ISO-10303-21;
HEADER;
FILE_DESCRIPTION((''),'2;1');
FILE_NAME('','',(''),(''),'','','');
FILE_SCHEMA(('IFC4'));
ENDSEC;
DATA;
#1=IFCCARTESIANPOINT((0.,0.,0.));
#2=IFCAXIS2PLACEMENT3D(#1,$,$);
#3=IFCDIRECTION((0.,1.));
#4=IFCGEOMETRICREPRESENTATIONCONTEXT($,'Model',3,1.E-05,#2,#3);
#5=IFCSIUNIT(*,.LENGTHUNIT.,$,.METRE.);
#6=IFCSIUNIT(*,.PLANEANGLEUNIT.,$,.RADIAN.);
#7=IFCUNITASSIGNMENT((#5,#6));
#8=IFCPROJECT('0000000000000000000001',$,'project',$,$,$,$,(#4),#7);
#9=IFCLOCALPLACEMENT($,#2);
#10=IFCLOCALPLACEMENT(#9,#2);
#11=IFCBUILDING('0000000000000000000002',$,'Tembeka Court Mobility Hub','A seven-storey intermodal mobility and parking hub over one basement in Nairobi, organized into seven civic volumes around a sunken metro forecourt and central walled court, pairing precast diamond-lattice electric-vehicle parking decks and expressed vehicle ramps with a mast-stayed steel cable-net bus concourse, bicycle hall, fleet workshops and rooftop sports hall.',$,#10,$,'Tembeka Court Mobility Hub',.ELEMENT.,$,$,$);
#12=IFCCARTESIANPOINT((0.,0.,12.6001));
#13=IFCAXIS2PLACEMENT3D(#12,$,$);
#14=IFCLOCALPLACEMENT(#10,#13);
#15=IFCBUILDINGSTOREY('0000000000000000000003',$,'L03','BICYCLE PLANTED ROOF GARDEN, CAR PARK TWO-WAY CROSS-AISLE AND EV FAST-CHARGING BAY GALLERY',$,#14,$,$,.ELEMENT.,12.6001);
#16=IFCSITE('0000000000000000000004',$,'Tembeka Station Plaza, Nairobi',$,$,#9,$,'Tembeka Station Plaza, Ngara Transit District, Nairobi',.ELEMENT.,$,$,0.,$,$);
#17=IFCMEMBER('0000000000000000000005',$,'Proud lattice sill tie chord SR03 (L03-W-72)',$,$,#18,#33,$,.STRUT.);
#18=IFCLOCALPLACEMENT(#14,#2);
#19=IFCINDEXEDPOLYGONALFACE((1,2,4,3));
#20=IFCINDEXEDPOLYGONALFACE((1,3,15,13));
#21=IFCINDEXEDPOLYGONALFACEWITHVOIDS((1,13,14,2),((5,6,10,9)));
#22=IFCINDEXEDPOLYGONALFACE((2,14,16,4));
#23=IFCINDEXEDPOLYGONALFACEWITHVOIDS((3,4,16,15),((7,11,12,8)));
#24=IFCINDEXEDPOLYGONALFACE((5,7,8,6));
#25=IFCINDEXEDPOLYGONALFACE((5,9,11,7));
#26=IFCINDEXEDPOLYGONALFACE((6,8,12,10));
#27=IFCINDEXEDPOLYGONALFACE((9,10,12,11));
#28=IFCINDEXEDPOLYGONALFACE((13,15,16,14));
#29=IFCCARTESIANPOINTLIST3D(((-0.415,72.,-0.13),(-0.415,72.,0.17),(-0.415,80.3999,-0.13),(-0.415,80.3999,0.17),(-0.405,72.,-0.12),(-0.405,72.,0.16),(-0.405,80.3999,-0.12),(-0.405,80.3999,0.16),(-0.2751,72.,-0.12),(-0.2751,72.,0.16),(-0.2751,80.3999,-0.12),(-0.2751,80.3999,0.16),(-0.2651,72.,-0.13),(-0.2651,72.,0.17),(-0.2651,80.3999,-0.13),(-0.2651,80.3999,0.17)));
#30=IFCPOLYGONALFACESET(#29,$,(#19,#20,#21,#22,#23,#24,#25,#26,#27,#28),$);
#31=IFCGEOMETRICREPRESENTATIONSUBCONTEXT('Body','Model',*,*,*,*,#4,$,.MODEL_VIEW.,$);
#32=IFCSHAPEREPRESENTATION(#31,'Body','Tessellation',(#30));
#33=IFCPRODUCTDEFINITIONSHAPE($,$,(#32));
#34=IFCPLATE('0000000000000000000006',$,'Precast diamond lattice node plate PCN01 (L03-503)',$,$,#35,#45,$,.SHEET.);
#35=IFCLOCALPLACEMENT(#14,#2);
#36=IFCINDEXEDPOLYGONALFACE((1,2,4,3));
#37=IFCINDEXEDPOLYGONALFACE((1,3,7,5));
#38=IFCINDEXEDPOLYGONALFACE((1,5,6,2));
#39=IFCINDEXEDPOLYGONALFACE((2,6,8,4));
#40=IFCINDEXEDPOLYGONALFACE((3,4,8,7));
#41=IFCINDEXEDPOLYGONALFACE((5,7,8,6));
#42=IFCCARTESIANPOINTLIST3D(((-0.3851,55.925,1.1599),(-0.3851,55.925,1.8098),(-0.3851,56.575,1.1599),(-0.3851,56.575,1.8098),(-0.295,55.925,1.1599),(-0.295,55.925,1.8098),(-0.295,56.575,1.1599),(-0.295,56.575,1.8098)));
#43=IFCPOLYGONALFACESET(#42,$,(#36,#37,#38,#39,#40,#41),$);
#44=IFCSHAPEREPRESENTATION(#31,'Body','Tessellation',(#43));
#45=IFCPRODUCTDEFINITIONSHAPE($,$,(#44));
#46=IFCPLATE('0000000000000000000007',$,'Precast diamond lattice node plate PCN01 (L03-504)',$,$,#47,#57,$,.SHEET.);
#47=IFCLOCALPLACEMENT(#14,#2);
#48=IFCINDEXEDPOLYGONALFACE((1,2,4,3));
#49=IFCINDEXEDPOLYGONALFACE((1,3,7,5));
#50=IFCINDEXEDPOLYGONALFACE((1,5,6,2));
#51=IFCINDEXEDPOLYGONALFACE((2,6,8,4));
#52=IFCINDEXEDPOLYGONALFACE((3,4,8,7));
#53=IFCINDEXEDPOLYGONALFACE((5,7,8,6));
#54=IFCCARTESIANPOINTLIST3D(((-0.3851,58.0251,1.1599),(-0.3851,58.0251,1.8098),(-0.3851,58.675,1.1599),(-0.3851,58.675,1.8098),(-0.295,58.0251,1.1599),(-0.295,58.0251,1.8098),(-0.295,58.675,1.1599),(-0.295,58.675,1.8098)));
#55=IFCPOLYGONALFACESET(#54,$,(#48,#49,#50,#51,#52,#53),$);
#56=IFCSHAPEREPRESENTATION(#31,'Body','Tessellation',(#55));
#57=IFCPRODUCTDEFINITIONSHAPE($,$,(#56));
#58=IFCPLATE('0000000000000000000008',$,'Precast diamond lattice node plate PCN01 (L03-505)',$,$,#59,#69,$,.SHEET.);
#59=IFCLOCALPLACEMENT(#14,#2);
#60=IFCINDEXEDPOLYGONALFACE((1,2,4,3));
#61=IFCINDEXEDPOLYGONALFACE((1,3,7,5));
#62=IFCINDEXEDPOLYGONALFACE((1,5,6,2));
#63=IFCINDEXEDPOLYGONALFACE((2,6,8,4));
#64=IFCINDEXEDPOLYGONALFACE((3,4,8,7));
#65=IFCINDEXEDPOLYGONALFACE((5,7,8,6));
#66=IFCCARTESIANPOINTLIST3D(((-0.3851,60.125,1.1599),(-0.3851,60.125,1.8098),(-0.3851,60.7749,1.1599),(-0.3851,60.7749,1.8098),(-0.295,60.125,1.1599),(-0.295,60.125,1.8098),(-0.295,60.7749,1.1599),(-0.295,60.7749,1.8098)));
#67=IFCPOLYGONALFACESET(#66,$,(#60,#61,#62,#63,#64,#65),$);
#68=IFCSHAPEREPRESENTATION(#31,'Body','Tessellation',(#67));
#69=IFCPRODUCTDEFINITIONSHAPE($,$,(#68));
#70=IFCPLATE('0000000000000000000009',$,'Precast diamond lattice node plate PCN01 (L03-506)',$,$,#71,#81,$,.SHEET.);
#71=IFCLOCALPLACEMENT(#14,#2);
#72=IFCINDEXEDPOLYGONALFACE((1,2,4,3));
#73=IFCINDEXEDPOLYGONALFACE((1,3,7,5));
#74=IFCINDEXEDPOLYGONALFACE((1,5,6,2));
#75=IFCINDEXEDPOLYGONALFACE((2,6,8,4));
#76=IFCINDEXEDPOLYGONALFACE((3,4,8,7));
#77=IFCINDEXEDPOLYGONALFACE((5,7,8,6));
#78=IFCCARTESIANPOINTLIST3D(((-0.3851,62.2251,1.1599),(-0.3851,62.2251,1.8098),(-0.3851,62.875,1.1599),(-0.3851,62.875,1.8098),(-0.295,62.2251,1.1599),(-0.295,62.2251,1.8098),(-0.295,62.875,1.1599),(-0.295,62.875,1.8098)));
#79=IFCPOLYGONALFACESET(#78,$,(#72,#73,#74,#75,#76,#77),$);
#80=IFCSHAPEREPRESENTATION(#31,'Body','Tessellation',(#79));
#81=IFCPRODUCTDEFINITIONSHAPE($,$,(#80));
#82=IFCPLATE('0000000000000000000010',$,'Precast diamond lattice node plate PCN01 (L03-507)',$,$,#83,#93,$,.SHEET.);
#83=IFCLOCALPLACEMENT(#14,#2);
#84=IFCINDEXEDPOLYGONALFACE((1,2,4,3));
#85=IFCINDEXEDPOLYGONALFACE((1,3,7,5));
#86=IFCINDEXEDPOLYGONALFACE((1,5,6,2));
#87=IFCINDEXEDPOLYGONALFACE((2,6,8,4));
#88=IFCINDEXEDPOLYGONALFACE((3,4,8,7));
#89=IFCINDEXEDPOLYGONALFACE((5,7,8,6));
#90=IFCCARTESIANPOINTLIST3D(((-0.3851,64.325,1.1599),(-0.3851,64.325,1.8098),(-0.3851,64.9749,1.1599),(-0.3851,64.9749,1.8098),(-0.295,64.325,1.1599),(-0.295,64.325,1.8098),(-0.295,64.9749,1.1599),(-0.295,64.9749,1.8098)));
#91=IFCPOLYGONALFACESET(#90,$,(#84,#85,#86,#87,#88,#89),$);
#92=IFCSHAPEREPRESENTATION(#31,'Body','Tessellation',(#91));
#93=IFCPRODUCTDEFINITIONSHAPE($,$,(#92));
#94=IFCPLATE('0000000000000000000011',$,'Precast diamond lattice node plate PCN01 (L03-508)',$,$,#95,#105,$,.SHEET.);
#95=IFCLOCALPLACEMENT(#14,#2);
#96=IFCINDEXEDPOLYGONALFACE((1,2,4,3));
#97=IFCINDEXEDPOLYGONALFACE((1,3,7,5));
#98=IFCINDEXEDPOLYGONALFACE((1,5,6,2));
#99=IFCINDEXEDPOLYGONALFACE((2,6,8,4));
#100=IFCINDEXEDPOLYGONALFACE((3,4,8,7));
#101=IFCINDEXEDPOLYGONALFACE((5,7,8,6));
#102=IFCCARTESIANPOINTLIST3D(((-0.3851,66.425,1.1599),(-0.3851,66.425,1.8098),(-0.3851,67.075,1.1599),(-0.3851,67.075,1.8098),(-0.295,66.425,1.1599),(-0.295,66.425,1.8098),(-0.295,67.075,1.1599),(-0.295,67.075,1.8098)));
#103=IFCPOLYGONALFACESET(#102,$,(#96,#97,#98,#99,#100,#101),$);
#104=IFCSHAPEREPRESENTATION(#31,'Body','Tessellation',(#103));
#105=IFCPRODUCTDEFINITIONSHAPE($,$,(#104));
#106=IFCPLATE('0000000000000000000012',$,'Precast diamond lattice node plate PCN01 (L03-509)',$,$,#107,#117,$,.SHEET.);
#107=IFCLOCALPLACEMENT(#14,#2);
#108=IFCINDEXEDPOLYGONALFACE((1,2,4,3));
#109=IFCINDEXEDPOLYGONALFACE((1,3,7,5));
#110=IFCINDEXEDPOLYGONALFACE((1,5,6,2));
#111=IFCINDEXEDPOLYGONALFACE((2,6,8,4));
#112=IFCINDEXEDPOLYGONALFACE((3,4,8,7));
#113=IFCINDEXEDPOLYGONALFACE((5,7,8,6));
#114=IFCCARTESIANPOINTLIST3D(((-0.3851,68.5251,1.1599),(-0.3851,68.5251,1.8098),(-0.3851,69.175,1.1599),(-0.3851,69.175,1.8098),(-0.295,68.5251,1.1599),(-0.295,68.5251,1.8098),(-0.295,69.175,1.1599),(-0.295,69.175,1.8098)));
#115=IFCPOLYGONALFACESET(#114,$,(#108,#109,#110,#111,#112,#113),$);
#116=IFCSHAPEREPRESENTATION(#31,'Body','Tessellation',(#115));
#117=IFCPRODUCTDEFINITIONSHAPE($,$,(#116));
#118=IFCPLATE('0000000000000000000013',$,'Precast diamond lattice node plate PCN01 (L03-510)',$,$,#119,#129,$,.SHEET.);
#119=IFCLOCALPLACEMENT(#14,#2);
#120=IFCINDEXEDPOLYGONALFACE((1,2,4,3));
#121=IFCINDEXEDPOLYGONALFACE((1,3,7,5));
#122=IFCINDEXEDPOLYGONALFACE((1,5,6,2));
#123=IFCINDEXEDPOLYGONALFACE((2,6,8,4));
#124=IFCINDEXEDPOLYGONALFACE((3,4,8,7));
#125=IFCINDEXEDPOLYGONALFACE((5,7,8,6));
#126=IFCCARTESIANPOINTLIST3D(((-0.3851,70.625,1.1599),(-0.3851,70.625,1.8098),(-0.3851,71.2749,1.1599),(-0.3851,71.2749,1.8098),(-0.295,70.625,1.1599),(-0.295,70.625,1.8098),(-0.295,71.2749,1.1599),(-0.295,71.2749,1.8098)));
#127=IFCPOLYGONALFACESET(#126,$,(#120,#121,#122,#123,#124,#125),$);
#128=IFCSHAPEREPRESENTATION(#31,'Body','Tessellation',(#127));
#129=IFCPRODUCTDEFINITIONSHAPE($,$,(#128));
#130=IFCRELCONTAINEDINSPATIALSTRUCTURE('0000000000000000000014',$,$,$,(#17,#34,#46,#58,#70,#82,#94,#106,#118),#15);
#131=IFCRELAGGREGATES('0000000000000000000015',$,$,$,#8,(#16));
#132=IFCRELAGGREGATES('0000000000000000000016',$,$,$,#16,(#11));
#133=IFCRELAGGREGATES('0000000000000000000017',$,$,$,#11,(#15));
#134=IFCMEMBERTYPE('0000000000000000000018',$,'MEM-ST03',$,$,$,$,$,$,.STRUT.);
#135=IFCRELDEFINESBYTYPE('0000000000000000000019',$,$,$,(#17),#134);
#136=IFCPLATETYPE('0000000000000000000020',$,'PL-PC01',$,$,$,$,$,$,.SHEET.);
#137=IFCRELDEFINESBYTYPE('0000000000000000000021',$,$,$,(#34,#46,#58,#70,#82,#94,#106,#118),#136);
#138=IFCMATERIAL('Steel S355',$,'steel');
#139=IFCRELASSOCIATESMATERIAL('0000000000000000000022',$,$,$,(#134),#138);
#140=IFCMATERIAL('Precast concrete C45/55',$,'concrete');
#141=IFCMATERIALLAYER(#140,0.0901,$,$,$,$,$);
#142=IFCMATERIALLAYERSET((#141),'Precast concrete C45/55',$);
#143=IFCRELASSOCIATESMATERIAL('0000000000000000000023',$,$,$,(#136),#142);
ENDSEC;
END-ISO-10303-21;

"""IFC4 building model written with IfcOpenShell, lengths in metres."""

from ifc_helpers import new_model, si_unit, direction, frame, origin, origin_2d, place, context, subcontext, project, spatial, rectangle, hollow_rectangle, extrude, material, layer, layer_set, material_profile, profile_set, type_object, element, save


model = new_model("IFC4")

# Units and contexts
model_context = context("Model", 3, precision=1e-05, world=origin(), true_north=direction((0.0, 1.0)))
body_context = subcontext(model_context, "Body", "Model", "MODEL_VIEW")
ifc_project = project(units=[si_unit("LENGTHUNIT", "METRE"), si_unit("PLANEANGLEUNIT", "RADIAN")], contexts=[model_context])

# Site, building, storey
site_placement = place(None, origin())
site = spatial("IfcSite", under=ifc_project, at=site_placement, Name="Tembeka Station Plaza, Nairobi", LongName="Tembeka Station Plaza, Ngara Transit District, Nairobi", CompositionType="ELEMENT", RefElevation=0.0)
building_placement = place(site_placement, origin())
building = spatial("IfcBuilding", under=site, at=building_placement, Name="Tembeka Court Mobility Hub", Description="A seven-storey intermodal mobility and parking hub over one basement in Nairobi, organized into seven civic volumes around a sunken metro forecourt and central walled court, pairing precast diamond-lattice electric-vehicle parking decks and expressed vehicle ramps with a mast-stayed steel cable-net bus concourse, bicycle hall, fleet workshops and rooftop sports hall.", LongName="Tembeka Court Mobility Hub", CompositionType="ELEMENT")
storey_placement = place(building_placement, frame((0.0, 0.0, 12.6001)))
storey = spatial("IfcBuildingStorey", under=building, at=storey_placement, Name="L03", Description="BICYCLE PLANTED ROOF GARDEN, CAR PARK TWO-WAY CROSS-AISLE AND EV FAST-CHARGING BAY GALLERY", CompositionType="ELEMENT", Elevation=12.6001)

# Shared definitions
ifc_material_1 = material(Name="Steel S355", Category="steel")

# Member
ifc_material_2 = material(Name="Precast concrete C45/55", Category="concrete")
ifc_material_profile_1 = material_profile(ifc_material_1, hollow_rectangle(XDim=0.1499, YDim=0.3, WallThickness=0.01, at=origin_2d()), Name="RHS 300x150x10")
ifc_profile_set_1 = profile_set([ifc_material_profile_1], Name="Steel S355")
member_type_1 = type_object("IfcMemberType", Name="MEM-ST03", PredefinedType="STRUT", material=ifc_profile_set_1)
for number, where, z_axis, x_axis, name in (
    (1, (-0.3401, 72.0, 0.02), (0.0, 1.0, 0.0), (-1.0, 0.0, 0.0), "Proud lattice sill tie chord SR03 (L03-W-72)"),
):
    element("IfcMember", number, at=place(storey_placement, frame(where, z_axis=z_axis, x_axis=x_axis)), inside=storey, type_object=member_type_1, Name=name, PredefinedType="STRUT", context=body_context, shape_type="SweptSolid", body=[
        extrude(hollow_rectangle(XDim=0.1499, YDim=0.3, WallThickness=0.01, at=origin_2d()), origin(), (0.0, 0.0, 1.0), 8.3999),
    ])

# Plates
ifc_layer = layer(ifc_material_2, 0.0901)
ifc_layer_set = layer_set([ifc_layer], Name="Precast concrete C45/55")
plate_type = type_object("IfcPlateType", Name="PL-PC01", PredefinedType="SHEET", material=ifc_layer_set)
for number, where, z_axis, x_axis, name in (
    (2, (-0.3401, 56.25, 1.1599), (0.0, 0.0, 1.0), (1.0, 0.0, 0.0), "Precast diamond lattice node plate PCN01 (L03-503)"),
    (3, (-0.3401, 58.3501, 1.1599), (0.0, 0.0, 1.0), (1.0, 0.0, 0.0), "Precast diamond lattice node plate PCN01 (L03-504)"),
    (4, (-0.3401, 60.45, 1.1599), (0.0, 0.0, 1.0), (1.0, 0.0, 0.0), "Precast diamond lattice node plate PCN01 (L03-505)"),
    (5, (-0.3401, 62.55, 1.1599), (0.0, 0.0, 1.0), (1.0, 0.0, 0.0), "Precast diamond lattice node plate PCN01 (L03-506)"),
    (6, (-0.3401, 64.6499, 1.1599), (0.0, 0.0, 1.0), (1.0, 0.0, 0.0), "Precast diamond lattice node plate PCN01 (L03-507)"),
    (7, (-0.3401, 66.75, 1.1599), (0.0, 0.0, 1.0), (1.0, 0.0, 0.0), "Precast diamond lattice node plate PCN01 (L03-508)"),
    (8, (-0.3401, 68.8501, 1.1599), (0.0, 0.0, 1.0), (1.0, 0.0, 0.0), "Precast diamond lattice node plate PCN01 (L03-509)"),
    (9, (-0.3401, 70.95, 1.1599), (0.0, 0.0, 1.0), (1.0, 0.0, 0.0), "Precast diamond lattice node plate PCN01 (L03-510)"),
):
    element("IfcPlate", number, at=place(storey_placement, frame(where, z_axis=z_axis, x_axis=x_axis)), inside=storey, type_object=plate_type, Name=name, PredefinedType="SHEET", context=body_context, shape_type="SweptSolid", body=[
        extrude(rectangle(XDim=0.0901, YDim=0.6499, at=origin_2d()), origin(), (0.0, 0.0, 1.0), 0.6499),
    ])

save(model, "model.ifc")
